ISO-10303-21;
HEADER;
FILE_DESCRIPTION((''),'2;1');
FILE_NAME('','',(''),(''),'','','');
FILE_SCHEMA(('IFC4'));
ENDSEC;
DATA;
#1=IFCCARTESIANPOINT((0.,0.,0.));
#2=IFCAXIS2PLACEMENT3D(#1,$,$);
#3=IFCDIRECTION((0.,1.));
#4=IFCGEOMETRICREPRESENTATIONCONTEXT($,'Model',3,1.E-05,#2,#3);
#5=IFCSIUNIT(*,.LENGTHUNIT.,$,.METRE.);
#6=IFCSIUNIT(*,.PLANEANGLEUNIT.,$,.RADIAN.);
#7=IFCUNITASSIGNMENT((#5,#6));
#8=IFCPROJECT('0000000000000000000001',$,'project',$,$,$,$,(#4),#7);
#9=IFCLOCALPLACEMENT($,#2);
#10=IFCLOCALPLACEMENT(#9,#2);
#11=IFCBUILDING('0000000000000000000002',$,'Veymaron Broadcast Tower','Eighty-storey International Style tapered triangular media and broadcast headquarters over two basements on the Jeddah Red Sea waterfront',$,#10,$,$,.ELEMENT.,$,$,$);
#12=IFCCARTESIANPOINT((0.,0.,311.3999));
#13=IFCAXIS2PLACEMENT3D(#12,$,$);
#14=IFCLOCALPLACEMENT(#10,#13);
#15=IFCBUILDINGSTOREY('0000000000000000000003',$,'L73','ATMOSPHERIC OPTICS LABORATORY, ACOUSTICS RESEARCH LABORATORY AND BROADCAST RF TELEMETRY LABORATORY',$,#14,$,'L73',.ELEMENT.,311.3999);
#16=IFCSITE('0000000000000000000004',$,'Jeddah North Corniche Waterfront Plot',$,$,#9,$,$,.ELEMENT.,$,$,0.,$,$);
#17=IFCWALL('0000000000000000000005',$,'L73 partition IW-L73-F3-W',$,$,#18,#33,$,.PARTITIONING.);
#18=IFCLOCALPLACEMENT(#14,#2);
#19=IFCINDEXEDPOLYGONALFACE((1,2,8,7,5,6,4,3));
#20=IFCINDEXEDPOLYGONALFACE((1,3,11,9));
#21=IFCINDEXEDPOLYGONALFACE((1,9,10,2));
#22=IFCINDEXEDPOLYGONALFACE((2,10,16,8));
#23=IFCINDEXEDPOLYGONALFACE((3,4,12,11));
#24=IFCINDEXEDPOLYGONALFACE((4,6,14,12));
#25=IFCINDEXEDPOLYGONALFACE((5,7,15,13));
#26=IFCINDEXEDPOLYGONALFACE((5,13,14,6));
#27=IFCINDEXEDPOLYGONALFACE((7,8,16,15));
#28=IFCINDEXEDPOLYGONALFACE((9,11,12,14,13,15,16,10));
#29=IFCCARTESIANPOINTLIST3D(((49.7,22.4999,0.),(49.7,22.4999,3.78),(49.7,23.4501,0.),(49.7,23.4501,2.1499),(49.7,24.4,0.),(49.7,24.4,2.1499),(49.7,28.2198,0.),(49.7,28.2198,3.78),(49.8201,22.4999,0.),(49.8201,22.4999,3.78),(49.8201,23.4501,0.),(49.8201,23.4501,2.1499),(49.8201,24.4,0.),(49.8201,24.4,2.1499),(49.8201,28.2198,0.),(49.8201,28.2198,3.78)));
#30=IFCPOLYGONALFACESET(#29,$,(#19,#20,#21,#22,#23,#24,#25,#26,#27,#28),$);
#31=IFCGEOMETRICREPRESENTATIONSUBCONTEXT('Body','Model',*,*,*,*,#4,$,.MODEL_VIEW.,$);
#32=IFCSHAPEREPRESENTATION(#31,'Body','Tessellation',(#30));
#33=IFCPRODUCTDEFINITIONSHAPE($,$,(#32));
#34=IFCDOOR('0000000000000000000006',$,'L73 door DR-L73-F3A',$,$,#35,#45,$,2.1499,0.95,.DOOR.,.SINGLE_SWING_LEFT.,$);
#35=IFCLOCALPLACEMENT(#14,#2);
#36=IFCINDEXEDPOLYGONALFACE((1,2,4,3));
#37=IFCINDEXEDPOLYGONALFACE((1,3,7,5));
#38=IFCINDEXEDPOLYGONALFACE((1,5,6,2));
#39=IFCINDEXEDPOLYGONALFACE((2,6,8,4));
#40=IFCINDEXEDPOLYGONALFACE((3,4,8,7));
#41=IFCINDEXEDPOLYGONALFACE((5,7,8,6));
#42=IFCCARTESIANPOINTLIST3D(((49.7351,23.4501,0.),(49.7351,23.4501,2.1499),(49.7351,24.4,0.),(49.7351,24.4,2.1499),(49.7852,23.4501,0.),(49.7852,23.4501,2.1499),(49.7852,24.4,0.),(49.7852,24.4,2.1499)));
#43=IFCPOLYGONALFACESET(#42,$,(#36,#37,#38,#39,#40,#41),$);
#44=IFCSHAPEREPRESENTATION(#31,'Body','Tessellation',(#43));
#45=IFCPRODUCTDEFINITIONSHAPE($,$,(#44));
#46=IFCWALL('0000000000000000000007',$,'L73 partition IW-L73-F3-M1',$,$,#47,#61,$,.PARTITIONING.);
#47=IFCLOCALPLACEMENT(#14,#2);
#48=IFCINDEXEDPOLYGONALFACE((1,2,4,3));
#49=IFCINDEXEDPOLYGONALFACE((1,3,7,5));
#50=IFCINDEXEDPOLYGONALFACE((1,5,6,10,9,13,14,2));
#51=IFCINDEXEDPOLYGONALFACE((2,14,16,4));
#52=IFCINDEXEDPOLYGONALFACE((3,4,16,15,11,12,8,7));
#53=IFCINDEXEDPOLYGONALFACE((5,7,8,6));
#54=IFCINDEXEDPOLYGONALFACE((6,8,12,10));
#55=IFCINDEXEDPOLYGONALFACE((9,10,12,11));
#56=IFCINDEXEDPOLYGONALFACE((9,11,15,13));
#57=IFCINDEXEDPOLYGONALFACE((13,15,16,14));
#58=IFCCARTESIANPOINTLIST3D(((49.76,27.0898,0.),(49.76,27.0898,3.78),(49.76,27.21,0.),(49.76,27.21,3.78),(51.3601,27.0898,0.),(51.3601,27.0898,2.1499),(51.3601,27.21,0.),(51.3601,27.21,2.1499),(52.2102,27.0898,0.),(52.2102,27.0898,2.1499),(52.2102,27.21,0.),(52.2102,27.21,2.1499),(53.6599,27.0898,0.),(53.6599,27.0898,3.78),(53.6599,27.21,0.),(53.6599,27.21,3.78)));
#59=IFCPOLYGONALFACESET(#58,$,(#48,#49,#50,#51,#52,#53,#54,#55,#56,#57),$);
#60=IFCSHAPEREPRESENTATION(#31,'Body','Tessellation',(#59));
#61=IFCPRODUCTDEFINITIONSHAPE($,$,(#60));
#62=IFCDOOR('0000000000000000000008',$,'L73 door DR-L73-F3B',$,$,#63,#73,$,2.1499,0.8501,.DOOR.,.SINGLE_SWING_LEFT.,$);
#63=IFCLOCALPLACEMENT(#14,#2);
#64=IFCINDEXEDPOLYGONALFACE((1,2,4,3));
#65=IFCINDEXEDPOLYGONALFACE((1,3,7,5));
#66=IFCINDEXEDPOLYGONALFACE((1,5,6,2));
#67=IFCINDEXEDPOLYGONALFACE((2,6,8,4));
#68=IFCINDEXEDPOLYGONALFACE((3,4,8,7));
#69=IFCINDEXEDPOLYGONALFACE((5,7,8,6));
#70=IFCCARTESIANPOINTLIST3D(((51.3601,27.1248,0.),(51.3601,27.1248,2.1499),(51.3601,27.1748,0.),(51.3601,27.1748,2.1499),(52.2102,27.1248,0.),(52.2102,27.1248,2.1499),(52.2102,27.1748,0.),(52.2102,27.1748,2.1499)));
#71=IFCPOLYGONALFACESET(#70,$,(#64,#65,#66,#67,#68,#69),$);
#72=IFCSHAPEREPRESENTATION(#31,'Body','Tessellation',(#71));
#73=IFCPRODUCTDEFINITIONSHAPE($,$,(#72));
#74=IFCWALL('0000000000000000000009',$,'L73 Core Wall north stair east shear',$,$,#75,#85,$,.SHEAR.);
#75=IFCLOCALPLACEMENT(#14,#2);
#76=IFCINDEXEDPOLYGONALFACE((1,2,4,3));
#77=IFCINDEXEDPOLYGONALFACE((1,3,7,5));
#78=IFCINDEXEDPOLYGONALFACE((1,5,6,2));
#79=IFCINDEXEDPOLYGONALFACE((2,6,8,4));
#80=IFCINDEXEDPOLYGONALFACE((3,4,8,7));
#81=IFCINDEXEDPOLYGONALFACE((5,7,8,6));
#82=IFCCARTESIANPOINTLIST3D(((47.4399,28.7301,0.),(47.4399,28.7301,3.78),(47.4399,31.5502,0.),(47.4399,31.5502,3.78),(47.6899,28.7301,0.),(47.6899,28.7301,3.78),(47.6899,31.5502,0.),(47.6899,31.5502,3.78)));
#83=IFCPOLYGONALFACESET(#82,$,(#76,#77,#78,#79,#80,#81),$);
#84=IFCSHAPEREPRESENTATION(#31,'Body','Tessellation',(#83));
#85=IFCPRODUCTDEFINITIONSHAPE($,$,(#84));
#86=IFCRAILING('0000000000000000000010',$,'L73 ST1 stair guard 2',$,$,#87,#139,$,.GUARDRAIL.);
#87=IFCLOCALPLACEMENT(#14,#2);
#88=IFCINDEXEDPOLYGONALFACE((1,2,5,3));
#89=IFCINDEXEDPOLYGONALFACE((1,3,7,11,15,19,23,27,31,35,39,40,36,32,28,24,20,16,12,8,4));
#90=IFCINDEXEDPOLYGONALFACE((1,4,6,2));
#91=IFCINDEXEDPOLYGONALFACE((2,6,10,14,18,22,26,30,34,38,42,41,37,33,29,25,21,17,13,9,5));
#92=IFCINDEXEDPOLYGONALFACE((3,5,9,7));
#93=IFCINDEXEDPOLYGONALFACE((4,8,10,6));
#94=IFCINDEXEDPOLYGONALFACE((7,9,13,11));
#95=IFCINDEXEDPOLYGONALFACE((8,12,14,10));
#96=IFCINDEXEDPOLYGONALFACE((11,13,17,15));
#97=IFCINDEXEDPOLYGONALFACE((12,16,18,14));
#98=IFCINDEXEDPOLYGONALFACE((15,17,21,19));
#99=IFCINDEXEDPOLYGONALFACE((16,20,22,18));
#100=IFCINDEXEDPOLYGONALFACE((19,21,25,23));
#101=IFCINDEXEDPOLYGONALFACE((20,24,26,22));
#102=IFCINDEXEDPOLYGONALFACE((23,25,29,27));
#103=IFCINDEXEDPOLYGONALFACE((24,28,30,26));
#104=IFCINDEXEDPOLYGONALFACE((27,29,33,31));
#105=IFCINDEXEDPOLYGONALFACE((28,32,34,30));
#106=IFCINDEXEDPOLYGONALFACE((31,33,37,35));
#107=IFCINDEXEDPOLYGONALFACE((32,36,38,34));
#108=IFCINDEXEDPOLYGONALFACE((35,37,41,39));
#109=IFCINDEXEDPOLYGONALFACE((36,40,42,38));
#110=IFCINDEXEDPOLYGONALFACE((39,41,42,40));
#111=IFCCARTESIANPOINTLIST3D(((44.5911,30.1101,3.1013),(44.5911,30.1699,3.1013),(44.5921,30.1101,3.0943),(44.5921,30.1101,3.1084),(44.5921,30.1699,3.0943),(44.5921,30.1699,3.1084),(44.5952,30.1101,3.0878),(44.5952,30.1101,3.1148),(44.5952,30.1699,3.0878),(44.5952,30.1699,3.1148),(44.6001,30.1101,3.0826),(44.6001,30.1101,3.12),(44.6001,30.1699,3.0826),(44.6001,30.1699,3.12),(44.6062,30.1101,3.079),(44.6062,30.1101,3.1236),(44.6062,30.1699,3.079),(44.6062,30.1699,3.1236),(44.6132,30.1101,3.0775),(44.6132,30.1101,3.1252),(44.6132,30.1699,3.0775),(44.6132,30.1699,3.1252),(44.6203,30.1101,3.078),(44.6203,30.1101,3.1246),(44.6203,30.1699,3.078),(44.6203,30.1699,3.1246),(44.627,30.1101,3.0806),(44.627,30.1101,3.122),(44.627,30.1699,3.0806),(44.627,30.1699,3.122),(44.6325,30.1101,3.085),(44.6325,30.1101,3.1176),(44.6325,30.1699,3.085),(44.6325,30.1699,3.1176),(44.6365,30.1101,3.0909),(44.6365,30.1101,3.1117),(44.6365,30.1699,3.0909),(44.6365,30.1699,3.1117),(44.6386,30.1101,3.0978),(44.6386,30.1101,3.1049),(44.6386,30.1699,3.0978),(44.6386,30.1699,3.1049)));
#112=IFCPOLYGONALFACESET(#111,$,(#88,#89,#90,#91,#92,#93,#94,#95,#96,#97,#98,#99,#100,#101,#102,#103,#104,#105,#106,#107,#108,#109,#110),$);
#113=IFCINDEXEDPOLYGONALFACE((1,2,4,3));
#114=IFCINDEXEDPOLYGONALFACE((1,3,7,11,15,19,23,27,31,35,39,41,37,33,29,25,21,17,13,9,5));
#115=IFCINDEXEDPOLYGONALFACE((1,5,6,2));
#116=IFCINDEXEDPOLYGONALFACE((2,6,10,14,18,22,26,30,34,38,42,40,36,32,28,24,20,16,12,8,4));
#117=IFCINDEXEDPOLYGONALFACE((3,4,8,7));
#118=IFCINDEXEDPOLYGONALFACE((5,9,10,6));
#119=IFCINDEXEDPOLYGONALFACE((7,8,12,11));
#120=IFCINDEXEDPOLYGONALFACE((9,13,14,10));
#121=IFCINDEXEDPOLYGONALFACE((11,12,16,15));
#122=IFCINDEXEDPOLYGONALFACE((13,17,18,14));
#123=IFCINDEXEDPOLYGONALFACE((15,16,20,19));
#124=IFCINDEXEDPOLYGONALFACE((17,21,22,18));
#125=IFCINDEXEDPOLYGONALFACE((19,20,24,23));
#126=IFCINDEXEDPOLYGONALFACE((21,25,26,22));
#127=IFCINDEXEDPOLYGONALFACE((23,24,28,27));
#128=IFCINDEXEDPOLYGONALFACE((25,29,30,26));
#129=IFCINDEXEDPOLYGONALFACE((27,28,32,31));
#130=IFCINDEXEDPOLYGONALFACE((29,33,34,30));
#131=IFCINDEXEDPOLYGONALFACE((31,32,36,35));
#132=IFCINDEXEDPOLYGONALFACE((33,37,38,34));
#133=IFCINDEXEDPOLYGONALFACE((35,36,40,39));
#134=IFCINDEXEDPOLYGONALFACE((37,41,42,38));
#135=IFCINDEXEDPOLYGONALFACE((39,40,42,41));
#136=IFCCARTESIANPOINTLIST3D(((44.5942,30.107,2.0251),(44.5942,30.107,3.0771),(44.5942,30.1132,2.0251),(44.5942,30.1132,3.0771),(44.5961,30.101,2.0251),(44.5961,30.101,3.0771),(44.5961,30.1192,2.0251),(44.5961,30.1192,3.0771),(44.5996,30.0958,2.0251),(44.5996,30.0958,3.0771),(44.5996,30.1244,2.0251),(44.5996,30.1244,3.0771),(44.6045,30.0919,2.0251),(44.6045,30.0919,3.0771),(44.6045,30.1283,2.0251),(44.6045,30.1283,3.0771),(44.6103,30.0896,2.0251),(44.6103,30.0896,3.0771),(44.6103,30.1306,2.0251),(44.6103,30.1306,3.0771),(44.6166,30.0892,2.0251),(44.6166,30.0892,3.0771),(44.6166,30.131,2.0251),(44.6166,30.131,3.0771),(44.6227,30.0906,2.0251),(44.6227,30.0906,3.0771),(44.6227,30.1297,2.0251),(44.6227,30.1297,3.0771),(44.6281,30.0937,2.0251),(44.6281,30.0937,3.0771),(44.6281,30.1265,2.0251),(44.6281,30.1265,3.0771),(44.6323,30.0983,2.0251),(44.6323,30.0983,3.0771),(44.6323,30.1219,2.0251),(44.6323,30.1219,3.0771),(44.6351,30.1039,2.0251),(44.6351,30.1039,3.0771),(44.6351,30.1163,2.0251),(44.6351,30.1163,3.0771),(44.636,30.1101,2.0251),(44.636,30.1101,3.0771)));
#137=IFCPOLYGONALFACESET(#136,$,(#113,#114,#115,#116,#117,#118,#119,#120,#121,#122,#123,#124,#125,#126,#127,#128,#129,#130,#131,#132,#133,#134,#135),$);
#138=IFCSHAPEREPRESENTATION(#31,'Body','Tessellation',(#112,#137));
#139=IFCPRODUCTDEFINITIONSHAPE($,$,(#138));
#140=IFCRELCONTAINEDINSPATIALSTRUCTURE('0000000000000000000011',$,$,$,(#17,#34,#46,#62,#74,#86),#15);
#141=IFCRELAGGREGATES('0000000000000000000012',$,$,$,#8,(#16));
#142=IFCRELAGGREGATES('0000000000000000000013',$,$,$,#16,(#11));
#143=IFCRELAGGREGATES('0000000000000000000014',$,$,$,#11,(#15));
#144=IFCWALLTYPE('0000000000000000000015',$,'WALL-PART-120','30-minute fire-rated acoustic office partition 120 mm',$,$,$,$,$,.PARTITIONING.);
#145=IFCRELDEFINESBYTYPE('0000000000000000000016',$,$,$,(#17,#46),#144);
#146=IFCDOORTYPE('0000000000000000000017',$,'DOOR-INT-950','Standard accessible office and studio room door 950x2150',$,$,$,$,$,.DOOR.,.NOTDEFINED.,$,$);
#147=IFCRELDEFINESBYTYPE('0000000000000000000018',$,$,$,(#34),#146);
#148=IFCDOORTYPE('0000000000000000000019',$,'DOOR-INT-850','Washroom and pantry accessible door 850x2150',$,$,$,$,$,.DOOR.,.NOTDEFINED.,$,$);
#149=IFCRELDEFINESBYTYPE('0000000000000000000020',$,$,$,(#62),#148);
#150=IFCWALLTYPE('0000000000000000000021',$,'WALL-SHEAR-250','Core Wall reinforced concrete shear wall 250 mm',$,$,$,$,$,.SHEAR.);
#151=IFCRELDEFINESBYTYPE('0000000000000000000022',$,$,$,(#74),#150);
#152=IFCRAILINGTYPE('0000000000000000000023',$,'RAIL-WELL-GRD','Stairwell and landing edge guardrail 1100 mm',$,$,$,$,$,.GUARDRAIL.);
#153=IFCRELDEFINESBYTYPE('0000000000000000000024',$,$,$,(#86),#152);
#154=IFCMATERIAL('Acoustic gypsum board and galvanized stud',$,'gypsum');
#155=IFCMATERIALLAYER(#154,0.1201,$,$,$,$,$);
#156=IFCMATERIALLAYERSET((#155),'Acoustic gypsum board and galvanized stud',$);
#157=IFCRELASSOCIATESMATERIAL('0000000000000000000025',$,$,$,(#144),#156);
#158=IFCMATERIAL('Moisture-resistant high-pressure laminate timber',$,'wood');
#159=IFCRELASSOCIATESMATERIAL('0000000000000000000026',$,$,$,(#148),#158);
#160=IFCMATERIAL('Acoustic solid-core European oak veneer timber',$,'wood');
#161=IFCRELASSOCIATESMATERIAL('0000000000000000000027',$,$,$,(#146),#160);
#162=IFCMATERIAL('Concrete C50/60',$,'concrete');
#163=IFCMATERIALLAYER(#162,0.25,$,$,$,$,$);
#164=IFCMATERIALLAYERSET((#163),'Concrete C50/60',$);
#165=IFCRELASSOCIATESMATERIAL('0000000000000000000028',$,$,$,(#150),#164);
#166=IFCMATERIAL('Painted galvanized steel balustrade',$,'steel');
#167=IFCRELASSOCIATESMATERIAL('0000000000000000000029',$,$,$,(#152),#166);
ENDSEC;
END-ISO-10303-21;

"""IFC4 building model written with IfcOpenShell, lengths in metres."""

from ifc_helpers import new_model, si_unit, direction, frame, frame_2d, origin, origin_2d, place, context, subcontext, project, spatial, rectangle, circle, extrude, material, layer, layer_set, type_object, element, fill, save


model = new_model("IFC4")

# Units and contexts
model_context = context("Model", 3, precision=1e-05, world=origin(), true_north=direction((0.0, 1.0)))
body_context = subcontext(model_context, "Body", "Model", "MODEL_VIEW")
ifc_project = project(units=[si_unit("LENGTHUNIT", "METRE"), si_unit("PLANEANGLEUNIT", "RADIAN")], contexts=[model_context])

# Site, building, storey
site_placement = place(None, origin())
site = spatial("IfcSite", under=ifc_project, at=site_placement, Name="Jeddah North Corniche Waterfront Plot", CompositionType="ELEMENT", RefElevation=0.0)
building_placement = place(site_placement, origin())
building = spatial("IfcBuilding", under=site, at=building_placement, Name="Veymaron Broadcast Tower", Description="Eighty-storey International Style tapered triangular media and broadcast headquarters over two basements on the Jeddah Red Sea waterfront", CompositionType="ELEMENT")
storey_placement = place(building_placement, frame((0.0, 0.0, 311.3999)))
storey = spatial("IfcBuildingStorey", under=building, at=storey_placement, Name="L73", Description="ATMOSPHERIC OPTICS LABORATORY, ACOUSTICS RESEARCH LABORATORY AND BROADCAST RF TELEMETRY LABORATORY", LongName="L73", CompositionType="ELEMENT", Elevation=311.3999)

# Walls, openings, doors
ifc_material_1 = material(Name="Acoustic gypsum board and galvanized stud", Category="gypsum")
ifc_layer_1 = layer(ifc_material_1, 0.1201)
ifc_layer_set_1 = layer_set([ifc_layer_1], Name="Acoustic gypsum board and galvanized stud")
wall_type_1 = type_object("IfcWallType", Name="WALL-PART-120", Description="30-minute fire-rated acoustic office partition 120 mm", PredefinedType="PARTITIONING", material=ifc_layer_set_1)
ifc_material_2 = material(Name="Moisture-resistant high-pressure laminate timber", Category="wood")
door_type_1 = type_object("IfcDoorType", Name="DOOR-INT-850", Description="Washroom and pantry accessible door 850x2150", OperationType="NOTDEFINED", PredefinedType="DOOR", material=ifc_material_2)
wall_1_placement = place(storey_placement, frame((49.76, 22.5, 0.0), z_axis=(0.0, 0.0, 1.0), x_axis=(0.0, 1.0, 0.0)))
wall_1 = element("IfcWall", 1, at=wall_1_placement, inside=storey, type_object=wall_type_1, Name="L73 partition IW-L73-F3-W", PredefinedType="PARTITIONING", context=body_context, shape_type="SweptSolid", body=[
    extrude(rectangle(XDim=5.72, YDim=0.1201, at=frame_2d((2.8599, 0.0))), origin(), (0.0, 0.0, 1.0), 3.78),
])
opening_1_placement = place(wall_1_placement, frame((0.95, 0.0, 0.0)))
opening_1 = element("IfcOpeningElement", 2, at=opening_1_placement, cuts=wall_1, PredefinedType="OPENING", context=body_context, shape_type="SweptSolid", body=[
    extrude(rectangle(XDim=0.95, YDim=2.1499, at=frame_2d((0.4751, 1.075))), frame((0.0, 0.0701, 0.0), z_axis=(0.0, -1.0, 0.0), x_axis=(1.0, 0.0, 0.0)), (0.0, 0.0, 1.0), 0.1401),
])
ifc_material_3 = material(Name="Acoustic solid-core European oak veneer timber", Category="wood")
door_type_2 = type_object("IfcDoorType", Name="DOOR-INT-950", Description="Standard accessible office and studio room door 950x2150", OperationType="NOTDEFINED", PredefinedType="DOOR", material=ifc_material_3)
door_1_placement = place(opening_1_placement, origin())
door_1 = element("IfcDoor", 3, at=door_1_placement, inside=storey, type_object=door_type_2, Name="L73 door DR-L73-F3A", OperationType="SINGLE_SWING_LEFT", OverallHeight=2.1499, OverallWidth=0.95, PredefinedType="DOOR", context=body_context, shape_type="SweptSolid", body=[
    extrude(rectangle(XDim=0.95, YDim=2.1499, at=frame_2d((0.4751, 1.075))), frame((0.0, 0.0249, 0.0), z_axis=(0.0, -1.0, 0.0), x_axis=(1.0, 0.0, 0.0)), (0.0, 0.0, 1.0), 0.05),
])
fill(opening_1, door_1)
wall_2_placement = place(storey_placement, frame((49.76, 27.1499, 0.0), z_axis=(0.0, 0.0, 1.0), x_axis=(1.0, 0.0, 0.0)))
wall_2 = element("IfcWall", 4, at=wall_2_placement, inside=storey, type_object=wall_type_1, Name="L73 partition IW-L73-F3-M1", PredefinedType="PARTITIONING", context=body_context, shape_type="SweptSolid", body=[
    extrude(rectangle(XDim=3.8999, YDim=0.1201, at=frame_2d((1.95, 0.0))), origin(), (0.0, 0.0, 1.0), 3.78),
])
opening_2_placement = place(wall_2_placement, frame((1.6001, 0.0, 0.0)))
opening_2 = element("IfcOpeningElement", 5, at=opening_2_placement, cuts=wall_2, PredefinedType="OPENING", context=body_context, shape_type="SweptSolid", body=[
    extrude(rectangle(XDim=0.8501, YDim=2.1499, at=frame_2d((0.425, 1.075))), frame((0.0, 0.0701, 0.0), z_axis=(0.0, -1.0, 0.0), x_axis=(1.0, 0.0, 0.0)), (0.0, 0.0, 1.0), 0.1401),
])
door_2_placement = place(opening_2_placement, origin())
door_2 = element("IfcDoor", 6, at=door_2_placement, inside=storey, type_object=door_type_1, Name="L73 door DR-L73-F3B", OperationType="SINGLE_SWING_LEFT", OverallHeight=2.1499, OverallWidth=0.8501, PredefinedType="DOOR", context=body_context, shape_type="SweptSolid", body=[
    extrude(rectangle(XDim=0.8501, YDim=2.1499, at=frame_2d((0.425, 1.075))), frame((0.0, 0.0249, 0.0), z_axis=(0.0, -1.0, 0.0), x_axis=(1.0, 0.0, 0.0)), (0.0, 0.0, 1.0), 0.05),
])
fill(opening_2, door_2)

# Wall
ifc_material_4 = material(Name="Concrete C50/60", Category="concrete")
ifc_layer_2 = layer(ifc_material_4, 0.25)
ifc_layer_set_2 = layer_set([ifc_layer_2], Name="Concrete C50/60")
wall_type_2 = type_object("IfcWallType", Name="WALL-SHEAR-250", Description="Core Wall reinforced concrete shear wall 250 mm", PredefinedType="SHEAR", material=ifc_layer_set_2)
wall_3_placement = place(storey_placement, frame((47.5649, 28.73, 0.0), z_axis=(0.0, 0.0, 1.0), x_axis=(0.0, 1.0, 0.0)))
element("IfcWall", 7, at=wall_3_placement, inside=storey, type_object=wall_type_2, Name="L73 Core Wall north stair east shear", PredefinedType="SHEAR", context=body_context, shape_type="SweptSolid", body=[
    extrude(rectangle(XDim=2.8201, YDim=0.25, at=frame_2d((1.4102, 0.0))), origin(), (0.0, 0.0, 1.0), 3.78),
])

# Railing
ifc_material_5 = material(Name="Painted galvanized steel balustrade", Category="steel")
railing_type = type_object("IfcRailingType", Name="RAIL-WELL-GRD", Description="Stairwell and landing edge guardrail 1100 mm", PredefinedType="GUARDRAIL", material=ifc_material_5)
railing_placement = place(storey_placement, frame((44.615, 30.1101, 2.0251)))
element("IfcRailing", 8, at=railing_placement, inside=storey, type_object=railing_type, Name="L73 ST1 stair guard 2", PredefinedType="GUARDRAIL", context=body_context, shape_type="SweptSolid", body=[
    extrude(circle(Radius=0.0239, at=origin_2d()), frame((0.0, 0.0, 1.0762), z_axis=(0.0, 1.0, 0.0), x_axis=(-1.0, 0.0, 0.0)), (0.0, 0.0, 1.0), 0.0598),
    extrude(circle(Radius=0.021, at=origin_2d()), origin(), (0.0, 0.0, 1.0), 1.052),
])

save(model, "model.ifc")
